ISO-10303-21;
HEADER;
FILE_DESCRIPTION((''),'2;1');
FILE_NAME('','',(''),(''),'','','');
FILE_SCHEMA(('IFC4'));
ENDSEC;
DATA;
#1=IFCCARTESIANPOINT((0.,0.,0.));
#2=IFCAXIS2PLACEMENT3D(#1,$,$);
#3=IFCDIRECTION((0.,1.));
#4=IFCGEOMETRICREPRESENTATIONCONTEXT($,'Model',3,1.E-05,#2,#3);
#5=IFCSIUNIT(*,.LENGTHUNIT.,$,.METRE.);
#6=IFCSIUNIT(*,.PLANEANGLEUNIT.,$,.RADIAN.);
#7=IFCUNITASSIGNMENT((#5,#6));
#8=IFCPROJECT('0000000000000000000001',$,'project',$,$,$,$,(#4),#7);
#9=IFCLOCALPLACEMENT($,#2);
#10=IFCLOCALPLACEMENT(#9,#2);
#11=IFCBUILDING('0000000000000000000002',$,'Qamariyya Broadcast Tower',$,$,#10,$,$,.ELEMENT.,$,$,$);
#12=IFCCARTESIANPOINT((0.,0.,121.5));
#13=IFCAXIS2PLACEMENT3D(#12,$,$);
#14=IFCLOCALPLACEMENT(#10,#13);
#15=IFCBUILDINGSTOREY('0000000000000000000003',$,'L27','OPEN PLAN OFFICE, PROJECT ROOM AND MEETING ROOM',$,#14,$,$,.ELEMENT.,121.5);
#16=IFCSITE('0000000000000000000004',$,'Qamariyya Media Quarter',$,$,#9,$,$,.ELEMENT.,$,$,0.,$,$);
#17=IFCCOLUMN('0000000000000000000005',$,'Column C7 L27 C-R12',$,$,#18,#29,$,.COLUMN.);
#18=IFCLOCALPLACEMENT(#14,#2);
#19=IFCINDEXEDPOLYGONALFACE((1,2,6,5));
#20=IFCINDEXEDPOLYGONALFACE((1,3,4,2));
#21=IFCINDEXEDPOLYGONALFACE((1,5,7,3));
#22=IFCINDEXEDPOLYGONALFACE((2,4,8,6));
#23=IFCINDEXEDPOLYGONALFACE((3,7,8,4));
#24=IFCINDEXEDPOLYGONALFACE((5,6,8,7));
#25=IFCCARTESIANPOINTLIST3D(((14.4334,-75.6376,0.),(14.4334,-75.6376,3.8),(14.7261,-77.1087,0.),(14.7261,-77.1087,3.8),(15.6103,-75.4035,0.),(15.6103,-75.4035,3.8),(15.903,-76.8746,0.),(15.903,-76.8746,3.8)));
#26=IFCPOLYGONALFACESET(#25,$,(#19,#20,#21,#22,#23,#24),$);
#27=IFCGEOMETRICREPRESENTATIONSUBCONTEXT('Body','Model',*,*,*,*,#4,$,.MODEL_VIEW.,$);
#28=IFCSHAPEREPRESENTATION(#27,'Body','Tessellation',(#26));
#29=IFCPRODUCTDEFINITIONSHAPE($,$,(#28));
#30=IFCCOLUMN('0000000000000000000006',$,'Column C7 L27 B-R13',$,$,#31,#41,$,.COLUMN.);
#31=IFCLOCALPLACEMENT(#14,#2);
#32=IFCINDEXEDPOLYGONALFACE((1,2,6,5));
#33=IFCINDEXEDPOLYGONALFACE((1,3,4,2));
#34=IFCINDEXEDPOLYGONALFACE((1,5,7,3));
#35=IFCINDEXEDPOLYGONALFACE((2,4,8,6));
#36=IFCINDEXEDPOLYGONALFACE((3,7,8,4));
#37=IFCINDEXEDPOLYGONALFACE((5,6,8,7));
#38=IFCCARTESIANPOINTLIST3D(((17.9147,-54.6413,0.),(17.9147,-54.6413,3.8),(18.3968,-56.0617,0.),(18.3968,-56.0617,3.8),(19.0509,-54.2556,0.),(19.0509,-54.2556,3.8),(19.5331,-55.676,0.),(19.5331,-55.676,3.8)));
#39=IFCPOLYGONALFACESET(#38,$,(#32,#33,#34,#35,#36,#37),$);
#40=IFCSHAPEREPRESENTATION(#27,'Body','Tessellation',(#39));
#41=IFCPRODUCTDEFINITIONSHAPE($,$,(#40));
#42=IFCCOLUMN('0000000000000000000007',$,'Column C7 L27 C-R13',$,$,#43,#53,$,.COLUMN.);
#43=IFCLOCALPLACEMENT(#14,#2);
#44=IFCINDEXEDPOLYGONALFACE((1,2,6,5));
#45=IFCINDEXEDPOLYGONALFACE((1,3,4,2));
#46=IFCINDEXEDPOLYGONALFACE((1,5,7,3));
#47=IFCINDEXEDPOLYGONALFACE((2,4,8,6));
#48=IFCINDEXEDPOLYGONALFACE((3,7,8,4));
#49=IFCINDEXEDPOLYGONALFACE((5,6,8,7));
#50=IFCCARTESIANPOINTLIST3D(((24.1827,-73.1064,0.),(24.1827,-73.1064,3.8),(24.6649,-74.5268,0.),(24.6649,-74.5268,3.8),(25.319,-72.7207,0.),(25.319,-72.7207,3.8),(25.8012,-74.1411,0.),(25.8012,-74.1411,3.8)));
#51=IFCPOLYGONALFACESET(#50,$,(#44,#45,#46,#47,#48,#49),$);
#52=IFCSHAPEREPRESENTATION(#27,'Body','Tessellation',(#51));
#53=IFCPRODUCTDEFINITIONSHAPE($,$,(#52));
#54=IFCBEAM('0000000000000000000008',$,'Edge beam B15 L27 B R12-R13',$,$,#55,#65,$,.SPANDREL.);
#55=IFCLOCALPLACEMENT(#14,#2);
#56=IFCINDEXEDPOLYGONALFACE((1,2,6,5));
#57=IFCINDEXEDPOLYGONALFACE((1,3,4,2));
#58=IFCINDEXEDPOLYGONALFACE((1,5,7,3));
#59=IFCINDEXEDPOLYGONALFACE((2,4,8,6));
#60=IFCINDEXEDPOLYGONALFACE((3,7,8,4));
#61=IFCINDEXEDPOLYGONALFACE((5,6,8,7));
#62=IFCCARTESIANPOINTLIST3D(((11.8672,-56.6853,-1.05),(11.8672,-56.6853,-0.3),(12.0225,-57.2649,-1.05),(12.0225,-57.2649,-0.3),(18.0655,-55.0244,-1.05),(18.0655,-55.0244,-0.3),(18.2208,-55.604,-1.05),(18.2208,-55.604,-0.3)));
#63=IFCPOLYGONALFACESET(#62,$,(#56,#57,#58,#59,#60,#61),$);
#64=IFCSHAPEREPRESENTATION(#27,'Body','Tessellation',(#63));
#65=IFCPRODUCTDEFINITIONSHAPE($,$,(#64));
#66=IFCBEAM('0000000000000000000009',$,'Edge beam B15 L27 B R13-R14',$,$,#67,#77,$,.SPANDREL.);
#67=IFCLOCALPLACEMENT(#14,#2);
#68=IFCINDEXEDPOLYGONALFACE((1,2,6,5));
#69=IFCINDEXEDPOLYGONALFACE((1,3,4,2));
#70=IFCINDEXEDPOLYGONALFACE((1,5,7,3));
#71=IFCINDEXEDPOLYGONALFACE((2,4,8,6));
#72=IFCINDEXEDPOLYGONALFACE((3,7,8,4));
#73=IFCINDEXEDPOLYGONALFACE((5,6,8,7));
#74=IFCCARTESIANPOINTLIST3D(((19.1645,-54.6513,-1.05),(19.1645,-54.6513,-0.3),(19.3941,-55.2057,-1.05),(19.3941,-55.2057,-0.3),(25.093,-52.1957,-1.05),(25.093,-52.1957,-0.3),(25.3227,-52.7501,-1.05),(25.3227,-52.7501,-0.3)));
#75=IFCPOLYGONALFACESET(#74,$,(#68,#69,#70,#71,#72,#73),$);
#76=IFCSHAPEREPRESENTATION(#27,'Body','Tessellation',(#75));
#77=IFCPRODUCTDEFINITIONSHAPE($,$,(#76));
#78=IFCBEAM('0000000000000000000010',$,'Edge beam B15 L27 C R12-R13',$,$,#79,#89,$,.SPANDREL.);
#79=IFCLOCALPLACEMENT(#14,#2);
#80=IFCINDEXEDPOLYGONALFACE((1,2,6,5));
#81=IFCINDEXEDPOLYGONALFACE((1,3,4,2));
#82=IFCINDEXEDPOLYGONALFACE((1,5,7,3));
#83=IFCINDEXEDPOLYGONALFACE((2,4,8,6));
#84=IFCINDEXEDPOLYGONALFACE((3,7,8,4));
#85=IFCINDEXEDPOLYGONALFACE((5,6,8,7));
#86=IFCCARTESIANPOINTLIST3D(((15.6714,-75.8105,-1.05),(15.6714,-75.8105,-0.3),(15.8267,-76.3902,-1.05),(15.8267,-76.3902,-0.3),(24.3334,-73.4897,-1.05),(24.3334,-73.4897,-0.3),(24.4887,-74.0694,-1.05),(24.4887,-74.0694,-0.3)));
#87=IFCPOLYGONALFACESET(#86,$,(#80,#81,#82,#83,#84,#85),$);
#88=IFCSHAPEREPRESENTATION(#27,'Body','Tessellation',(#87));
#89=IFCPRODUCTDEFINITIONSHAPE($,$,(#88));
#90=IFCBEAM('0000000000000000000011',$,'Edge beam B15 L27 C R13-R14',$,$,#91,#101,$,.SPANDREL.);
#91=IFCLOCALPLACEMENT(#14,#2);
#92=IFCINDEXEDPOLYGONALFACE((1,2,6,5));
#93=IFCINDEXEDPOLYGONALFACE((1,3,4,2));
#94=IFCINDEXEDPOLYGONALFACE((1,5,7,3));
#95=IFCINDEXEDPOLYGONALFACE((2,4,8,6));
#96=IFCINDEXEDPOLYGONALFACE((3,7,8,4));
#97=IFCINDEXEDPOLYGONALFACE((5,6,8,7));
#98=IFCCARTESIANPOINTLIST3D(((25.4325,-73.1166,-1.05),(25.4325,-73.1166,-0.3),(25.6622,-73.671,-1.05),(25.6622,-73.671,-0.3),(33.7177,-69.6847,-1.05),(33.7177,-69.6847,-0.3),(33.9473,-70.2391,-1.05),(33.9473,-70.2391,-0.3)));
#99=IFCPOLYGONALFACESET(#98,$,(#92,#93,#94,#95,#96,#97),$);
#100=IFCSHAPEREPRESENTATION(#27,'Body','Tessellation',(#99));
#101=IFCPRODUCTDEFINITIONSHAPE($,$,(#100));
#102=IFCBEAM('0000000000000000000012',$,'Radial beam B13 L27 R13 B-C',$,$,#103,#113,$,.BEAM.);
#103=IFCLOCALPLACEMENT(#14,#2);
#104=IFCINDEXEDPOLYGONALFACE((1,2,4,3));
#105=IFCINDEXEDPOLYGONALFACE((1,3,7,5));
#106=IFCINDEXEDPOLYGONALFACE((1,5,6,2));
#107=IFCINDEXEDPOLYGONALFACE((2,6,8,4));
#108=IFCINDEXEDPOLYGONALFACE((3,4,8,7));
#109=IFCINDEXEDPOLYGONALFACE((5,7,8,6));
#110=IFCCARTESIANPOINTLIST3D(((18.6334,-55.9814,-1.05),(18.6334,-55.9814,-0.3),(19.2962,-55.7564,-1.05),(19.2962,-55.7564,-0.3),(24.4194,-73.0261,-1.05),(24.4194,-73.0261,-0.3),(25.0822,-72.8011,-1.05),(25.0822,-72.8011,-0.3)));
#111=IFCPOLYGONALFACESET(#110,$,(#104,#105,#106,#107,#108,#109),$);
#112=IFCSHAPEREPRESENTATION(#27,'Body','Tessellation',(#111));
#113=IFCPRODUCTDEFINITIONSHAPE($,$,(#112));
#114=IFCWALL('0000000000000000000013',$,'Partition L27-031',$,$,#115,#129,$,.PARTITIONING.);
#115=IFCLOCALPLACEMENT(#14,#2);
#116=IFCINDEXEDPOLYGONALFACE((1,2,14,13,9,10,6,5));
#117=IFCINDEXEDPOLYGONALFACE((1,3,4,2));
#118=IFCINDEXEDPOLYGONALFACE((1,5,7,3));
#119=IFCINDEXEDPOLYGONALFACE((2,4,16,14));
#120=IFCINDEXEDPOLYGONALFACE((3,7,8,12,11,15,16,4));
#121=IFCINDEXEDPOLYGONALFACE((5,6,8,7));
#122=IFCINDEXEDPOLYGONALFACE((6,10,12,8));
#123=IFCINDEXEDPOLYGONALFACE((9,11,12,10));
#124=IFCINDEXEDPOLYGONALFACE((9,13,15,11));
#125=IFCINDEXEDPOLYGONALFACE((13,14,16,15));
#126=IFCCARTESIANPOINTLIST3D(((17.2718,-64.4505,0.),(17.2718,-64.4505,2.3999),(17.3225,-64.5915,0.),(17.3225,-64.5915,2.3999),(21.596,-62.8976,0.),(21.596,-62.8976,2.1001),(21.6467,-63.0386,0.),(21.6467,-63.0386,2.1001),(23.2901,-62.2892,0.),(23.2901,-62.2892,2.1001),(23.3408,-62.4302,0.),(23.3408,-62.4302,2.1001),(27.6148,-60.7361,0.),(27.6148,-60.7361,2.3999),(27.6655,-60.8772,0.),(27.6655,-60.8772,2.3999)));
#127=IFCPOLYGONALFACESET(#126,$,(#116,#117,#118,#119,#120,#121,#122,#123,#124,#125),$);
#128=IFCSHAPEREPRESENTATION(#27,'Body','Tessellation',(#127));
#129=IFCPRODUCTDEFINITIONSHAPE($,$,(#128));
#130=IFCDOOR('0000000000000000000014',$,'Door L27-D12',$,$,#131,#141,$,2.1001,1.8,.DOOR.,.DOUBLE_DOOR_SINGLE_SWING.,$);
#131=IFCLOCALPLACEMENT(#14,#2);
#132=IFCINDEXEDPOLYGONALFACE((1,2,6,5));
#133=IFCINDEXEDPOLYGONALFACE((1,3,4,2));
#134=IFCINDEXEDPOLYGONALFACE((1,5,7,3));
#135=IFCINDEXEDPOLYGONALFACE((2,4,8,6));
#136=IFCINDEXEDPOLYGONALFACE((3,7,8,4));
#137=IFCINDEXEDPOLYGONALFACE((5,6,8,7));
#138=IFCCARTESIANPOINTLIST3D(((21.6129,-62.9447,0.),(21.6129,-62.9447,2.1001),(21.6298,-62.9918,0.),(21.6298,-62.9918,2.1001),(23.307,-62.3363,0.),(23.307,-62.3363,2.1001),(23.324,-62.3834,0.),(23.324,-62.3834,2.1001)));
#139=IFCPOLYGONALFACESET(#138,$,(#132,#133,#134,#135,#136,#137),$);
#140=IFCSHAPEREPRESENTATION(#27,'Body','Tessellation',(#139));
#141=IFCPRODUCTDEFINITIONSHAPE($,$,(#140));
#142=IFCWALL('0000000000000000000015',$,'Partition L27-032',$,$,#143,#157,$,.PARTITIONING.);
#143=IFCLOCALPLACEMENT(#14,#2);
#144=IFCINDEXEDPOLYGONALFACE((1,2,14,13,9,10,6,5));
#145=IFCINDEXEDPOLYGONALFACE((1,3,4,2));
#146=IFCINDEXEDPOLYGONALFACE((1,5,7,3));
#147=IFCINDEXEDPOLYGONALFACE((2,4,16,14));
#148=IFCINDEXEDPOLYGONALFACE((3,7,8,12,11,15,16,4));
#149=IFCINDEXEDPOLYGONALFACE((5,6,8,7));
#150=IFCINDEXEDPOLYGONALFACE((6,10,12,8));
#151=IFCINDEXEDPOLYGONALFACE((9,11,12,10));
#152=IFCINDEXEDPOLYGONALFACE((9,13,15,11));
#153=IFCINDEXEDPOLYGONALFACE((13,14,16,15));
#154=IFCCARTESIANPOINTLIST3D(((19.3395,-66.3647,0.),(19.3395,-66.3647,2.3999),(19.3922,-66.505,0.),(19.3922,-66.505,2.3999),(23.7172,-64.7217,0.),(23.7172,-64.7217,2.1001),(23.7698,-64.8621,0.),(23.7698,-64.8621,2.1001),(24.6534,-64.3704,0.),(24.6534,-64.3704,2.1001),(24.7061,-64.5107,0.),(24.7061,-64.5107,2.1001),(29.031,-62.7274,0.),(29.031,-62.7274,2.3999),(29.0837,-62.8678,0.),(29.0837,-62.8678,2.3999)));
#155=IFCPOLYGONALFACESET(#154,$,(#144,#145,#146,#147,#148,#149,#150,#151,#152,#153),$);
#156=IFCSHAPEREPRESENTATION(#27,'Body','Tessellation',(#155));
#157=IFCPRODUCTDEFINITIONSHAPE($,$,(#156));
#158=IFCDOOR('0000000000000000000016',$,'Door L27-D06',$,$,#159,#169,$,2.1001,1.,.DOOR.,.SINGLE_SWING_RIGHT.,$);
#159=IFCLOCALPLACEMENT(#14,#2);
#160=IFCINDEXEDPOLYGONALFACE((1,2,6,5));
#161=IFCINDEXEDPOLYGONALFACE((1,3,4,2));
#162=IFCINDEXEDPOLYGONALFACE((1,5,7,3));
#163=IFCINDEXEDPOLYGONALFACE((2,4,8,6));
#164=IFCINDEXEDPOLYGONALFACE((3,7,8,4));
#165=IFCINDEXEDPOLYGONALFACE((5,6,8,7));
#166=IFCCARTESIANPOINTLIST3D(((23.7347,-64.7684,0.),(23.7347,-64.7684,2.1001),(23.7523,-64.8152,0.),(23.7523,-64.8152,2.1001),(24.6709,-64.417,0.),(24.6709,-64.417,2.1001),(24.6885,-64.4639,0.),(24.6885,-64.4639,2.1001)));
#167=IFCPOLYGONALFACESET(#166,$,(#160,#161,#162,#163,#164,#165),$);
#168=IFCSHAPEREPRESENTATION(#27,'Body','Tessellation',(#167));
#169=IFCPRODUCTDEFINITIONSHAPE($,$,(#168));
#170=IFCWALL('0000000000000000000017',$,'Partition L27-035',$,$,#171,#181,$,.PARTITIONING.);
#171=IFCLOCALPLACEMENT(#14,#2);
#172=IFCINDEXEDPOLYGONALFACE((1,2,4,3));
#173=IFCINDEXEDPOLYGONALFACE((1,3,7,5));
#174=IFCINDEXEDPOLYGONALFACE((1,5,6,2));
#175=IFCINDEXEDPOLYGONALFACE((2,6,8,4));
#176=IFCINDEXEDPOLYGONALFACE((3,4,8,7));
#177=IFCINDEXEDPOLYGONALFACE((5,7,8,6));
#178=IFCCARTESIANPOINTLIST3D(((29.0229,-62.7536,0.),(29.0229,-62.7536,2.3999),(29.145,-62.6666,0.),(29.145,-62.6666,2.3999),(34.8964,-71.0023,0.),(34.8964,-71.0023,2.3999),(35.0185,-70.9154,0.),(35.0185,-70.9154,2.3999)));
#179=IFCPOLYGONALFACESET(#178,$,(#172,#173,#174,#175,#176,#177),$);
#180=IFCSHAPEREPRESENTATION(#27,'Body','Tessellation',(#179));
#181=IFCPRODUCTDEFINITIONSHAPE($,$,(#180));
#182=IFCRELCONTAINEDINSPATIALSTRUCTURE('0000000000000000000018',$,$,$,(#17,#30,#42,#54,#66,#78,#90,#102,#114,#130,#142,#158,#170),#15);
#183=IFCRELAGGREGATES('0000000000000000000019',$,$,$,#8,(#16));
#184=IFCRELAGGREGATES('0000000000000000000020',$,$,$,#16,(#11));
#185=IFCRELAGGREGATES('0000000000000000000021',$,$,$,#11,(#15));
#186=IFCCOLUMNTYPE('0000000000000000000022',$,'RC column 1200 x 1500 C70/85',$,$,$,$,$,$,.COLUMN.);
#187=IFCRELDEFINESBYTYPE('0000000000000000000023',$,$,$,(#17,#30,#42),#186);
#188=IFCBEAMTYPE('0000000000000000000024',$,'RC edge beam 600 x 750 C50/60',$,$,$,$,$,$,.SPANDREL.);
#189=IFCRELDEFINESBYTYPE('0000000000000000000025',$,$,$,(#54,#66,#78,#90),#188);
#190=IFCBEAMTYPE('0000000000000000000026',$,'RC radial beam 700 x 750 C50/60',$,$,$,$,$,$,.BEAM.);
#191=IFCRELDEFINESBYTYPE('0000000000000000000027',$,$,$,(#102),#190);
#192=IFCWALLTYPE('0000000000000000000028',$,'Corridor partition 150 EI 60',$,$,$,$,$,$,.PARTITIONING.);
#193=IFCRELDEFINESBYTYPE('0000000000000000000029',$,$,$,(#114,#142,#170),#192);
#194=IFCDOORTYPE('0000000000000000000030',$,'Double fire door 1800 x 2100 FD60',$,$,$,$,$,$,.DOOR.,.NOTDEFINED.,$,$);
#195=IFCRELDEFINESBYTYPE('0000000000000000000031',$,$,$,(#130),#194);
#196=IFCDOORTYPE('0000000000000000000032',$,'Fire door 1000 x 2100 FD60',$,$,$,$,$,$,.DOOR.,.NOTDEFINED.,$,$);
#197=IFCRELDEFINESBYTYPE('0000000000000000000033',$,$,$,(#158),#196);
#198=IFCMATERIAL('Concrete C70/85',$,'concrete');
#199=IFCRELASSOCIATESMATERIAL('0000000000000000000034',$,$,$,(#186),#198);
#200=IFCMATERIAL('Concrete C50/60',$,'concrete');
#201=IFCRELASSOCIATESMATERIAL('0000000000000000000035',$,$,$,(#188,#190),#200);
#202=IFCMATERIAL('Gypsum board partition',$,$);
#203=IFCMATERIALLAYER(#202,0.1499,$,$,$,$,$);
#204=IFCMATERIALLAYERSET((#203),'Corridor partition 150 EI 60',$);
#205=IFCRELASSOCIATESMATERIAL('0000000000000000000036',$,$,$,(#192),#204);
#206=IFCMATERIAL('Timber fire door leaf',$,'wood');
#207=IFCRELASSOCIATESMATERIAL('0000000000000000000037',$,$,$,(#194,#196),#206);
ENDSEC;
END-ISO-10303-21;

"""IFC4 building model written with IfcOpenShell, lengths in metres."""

from ifc_helpers import new_model, si_unit, direction, frame, frame_2d, origin, origin_2d, place, context, subcontext, project, spatial, rectangle, extrude, material, layer, layer_set, material_profile, profile_set, type_object, element, fill, save


model = new_model("IFC4")

# Units and contexts
model_context = context("Model", 3, precision=1e-05, world=origin(), true_north=direction((0.0, 1.0)))
body_context = subcontext(model_context, "Body", "Model", "MODEL_VIEW")
ifc_project = project(units=[si_unit("LENGTHUNIT", "METRE"), si_unit("PLANEANGLEUNIT", "RADIAN")], contexts=[model_context])

# Site, building, storey
site_placement = place(None, origin())
site = spatial("IfcSite", under=ifc_project, at=site_placement, Name="Qamariyya Media Quarter", CompositionType="ELEMENT", RefElevation=0.0)
building_placement = place(site_placement, origin())
building = spatial("IfcBuilding", under=site, at=building_placement, Name="Qamariyya Broadcast Tower", CompositionType="ELEMENT")
storey_placement = place(building_placement, frame((0.0, 0.0, 121.5)))
storey = spatial("IfcBuildingStorey", under=building, at=storey_placement, Name="L27", Description="OPEN PLAN OFFICE, PROJECT ROOM AND MEETING ROOM", CompositionType="ELEMENT", Elevation=121.5)

# Columns
ifc_material_1 = material(Name="Concrete C70/85", Category="concrete")
ifc_material_profile_1 = material_profile(ifc_material_1, rectangle(XDim=1.2, YDim=1.5, at=origin_2d()))
ifc_profile_set_1 = profile_set([ifc_material_profile_1], Name="Concrete C70/85")
column_type = type_object("IfcColumnType", Name="RC column 1200 x 1500 C70/85", PredefinedType="COLUMN", material=ifc_profile_set_1)
for number, where, z_axis, x_axis, name in (
    (1, (15.1682, -76.2561, 0.0), (0.0, 0.0, 1.0), (0.980785, 0.19509, 0.0), "Column C7 L27 C-R12"),
    (2, (18.7239, -55.1587, 0.0), (0.0, 0.0, 1.0), (0.94693, 0.321439, 0.0), "Column C7 L27 B-R13"),
    (3, (24.9919, -73.6238, 0.0), (0.0, 0.0, 1.0), (0.94693, 0.321439, 0.0), "Column C7 L27 C-R13"),
):
    element("IfcColumn", number, at=place(storey_placement, frame(where, z_axis=z_axis, x_axis=x_axis)), inside=storey, type_object=column_type, Name=name, PredefinedType="COLUMN", context=body_context, shape_type="SweptSolid", body=[
        extrude(rectangle(XDim=1.2, YDim=1.5, at=origin_2d()), origin(), (0.0, 0.0, 1.0), 3.8),
    ])

# Beams
ifc_material_2 = material(Name="Concrete C50/60", Category="concrete")
ifc_material_profile_2 = material_profile(ifc_material_2, rectangle(XDim=0.6001, YDim=0.75, at=origin_2d()))
ifc_profile_set_2 = profile_set([ifc_material_profile_2], Name="Concrete C50/60")
beam_type_1 = type_object("IfcBeamType", Name="RC edge beam 600 x 750 C50/60", PredefinedType="SPANDREL", material=ifc_profile_set_2)
for number, where, z_axis, x_axis, name in (
    (4, (11.9448, -56.9751, -0.675), (0.965923, 0.25883, 0.0), (-0.25883, 0.965923, 0.0), "Edge beam B15 L27 B R12-R13"),
    (5, (19.2793, -54.9285, -0.675), (0.923884, 0.382672, 0.0), (-0.382672, 0.923884, 0.0), "Edge beam B15 L27 B R13-R14"),
):
    element("IfcBeam", number, at=place(storey_placement, frame(where, z_axis=z_axis, x_axis=x_axis)), inside=storey, type_object=beam_type_1, Name=name, PredefinedType="SPANDREL", context=body_context, shape_type="SweptSolid", body=[
        extrude(rectangle(XDim=0.6001, YDim=0.75, at=origin_2d()), origin(), (0.0, 0.0, 1.0), 6.417),
    ])
beam_1_placement = place(storey_placement, frame((15.749, -76.1003, -0.675), z_axis=(0.965932, 0.258798, 0.0), x_axis=(-0.258798, 0.965932, 0.0)))
element("IfcBeam", 6, at=beam_1_placement, inside=storey, type_object=beam_type_1, Name="Edge beam B15 L27 C R12-R13", PredefinedType="SPANDREL", context=body_context, shape_type="SweptSolid", body=[
    extrude(rectangle(XDim=0.6001, YDim=0.75, at=origin_2d()), origin(), (0.0, 0.0, 1.0), 8.9675),
])
beam_2_placement = place(storey_placement, frame((25.5474, -73.3938, -0.675), z_axis=(0.923877, 0.382689, 0.0), x_axis=(-0.382689, 0.923877, 0.0)))
element("IfcBeam", 7, at=beam_2_placement, inside=storey, type_object=beam_type_1, Name="Edge beam B15 L27 C R13-R14", PredefinedType="SPANDREL", context=body_context, shape_type="SweptSolid", body=[
    extrude(rectangle(XDim=0.6001, YDim=0.75, at=origin_2d()), origin(), (0.0, 0.0, 1.0), 8.9678),
])
ifc_material_profile_3 = material_profile(ifc_material_2, rectangle(XDim=0.7, YDim=0.75, at=origin_2d()))
ifc_profile_set_3 = profile_set([ifc_material_profile_3], Name="Concrete C50/60")
beam_type_2 = type_object("IfcBeamType", Name="RC radial beam 700 x 750 C50/60", PredefinedType="BEAM", material=ifc_profile_set_3)
beam_3_placement = place(storey_placement, frame((18.9648, -55.8689, -0.675), z_axis=(0.321439, -0.94693, 0.0), x_axis=(0.94693, 0.321439, 0.0)))
element("IfcBeam", 8, at=beam_3_placement, inside=storey, type_object=beam_type_2, Name="Radial beam B13 L27 R13 B-C", PredefinedType="BEAM", context=body_context, shape_type="SweptSolid", body=[
    extrude(rectangle(XDim=0.7, YDim=0.75, at=origin_2d()), origin(), (0.0, 0.0, 1.0), 18.0),
])

# Walls, openings, doors
ifc_material_3 = material(Name="Gypsum board partition")
ifc_layer_1 = layer(ifc_material_3, 0.1499)
ifc_layer_set_1 = layer_set([ifc_layer_1], Name="Corridor partition 150 EI 60")
wall_type_1 = type_object("IfcWallType", Name="Corridor partition 150 EI 60", PredefinedType="PARTITIONING", material=ifc_layer_set_1)
wall_1_placement = place(storey_placement, frame((17.2971, -64.521, 0.0), z_axis=(0.0, 0.0, 1.0), x_axis=(0.941152, 0.337984, 0.0)))
wall_1 = element("IfcWall", 9, at=wall_1_placement, inside=storey, type_object=wall_type_1, Name="Partition L27-031", PredefinedType="PARTITIONING", context=body_context, shape_type="SweptSolid", body=[
    extrude(rectangle(XDim=10.9897, YDim=0.1499, at=frame_2d((5.4949, 0.0))), origin(), (0.0, 0.0, 1.0), 2.3999),
])
opening_1_placement = place(wall_1_placement, frame((4.5947, 0.0, 0.0)))
opening_1 = element("IfcOpeningElement", 10, at=opening_1_placement, cuts=wall_1, PredefinedType="OPENING", context=body_context, shape_type="SweptSolid", body=[
    extrude(rectangle(XDim=1.8, YDim=2.1001, at=frame_2d((0.8999, 1.05))), frame((0.0, 0.085, 0.0), z_axis=(0.0, -1.0, 0.0), x_axis=(1.0, 0.0, 0.0)), (0.0, 0.0, 1.0), 0.1699),
])
ifc_material_4 = material(Name="Timber fire door leaf", Category="wood")
door_type_1 = type_object("IfcDoorType", Name="Double fire door 1800 x 2100 FD60", OperationType="NOTDEFINED", PredefinedType="DOOR", material=ifc_material_4)
door_1_placement = place(opening_1_placement, origin())
door_1 = element("IfcDoor", 11, at=door_1_placement, inside=storey, type_object=door_type_1, Name="Door L27-D12", OperationType="DOUBLE_DOOR_SINGLE_SWING", OverallHeight=2.1001, OverallWidth=1.8, PredefinedType="DOOR", context=body_context, shape_type="SweptSolid", body=[
    extrude(rectangle(XDim=1.8, YDim=2.1001, at=frame_2d((0.8999, 1.05))), frame((0.0, 0.0249, 0.0), z_axis=(0.0, -1.0, 0.0), x_axis=(1.0, 0.0, 0.0)), (0.0, 0.0, 1.0), 0.05),
])
fill(opening_1, door_1)
wall_2_placement = place(storey_placement, frame((29.0574, -62.7976, 0.0), z_axis=(0.0, 0.0, 1.0), x_axis=(-0.936236, -0.351372, 0.0)))
wall_2 = element("IfcWall", 12, at=wall_2_placement, inside=storey, type_object=wall_type_1, Name="Partition L27-032", PredefinedType="PARTITIONING", context=body_context, shape_type="SweptSolid", body=[
    extrude(rectangle(XDim=10.3516, YDim=0.1499, at=frame_2d((5.1758, 0.0))), origin(), (0.0, 0.0, 1.0), 2.3999),
])
opening_2_placement = place(wall_2_placement, frame((4.6758, 0.0, 0.0)))
opening_2 = element("IfcOpeningElement", 13, at=opening_2_placement, cuts=wall_2, PredefinedType="OPENING", context=body_context, shape_type="SweptSolid", body=[
    extrude(rectangle(XDim=1.0, YDim=2.1001, at=frame_2d((0.5, 1.05))), frame((0.0, 0.085, 0.0), z_axis=(0.0, -1.0, 0.0), x_axis=(1.0, 0.0, 0.0)), (0.0, 0.0, 1.0), 0.1699),
])
door_type_2 = type_object("IfcDoorType", Name="Fire door 1000 x 2100 FD60", OperationType="NOTDEFINED", PredefinedType="DOOR", material=ifc_material_4)
door_2_placement = place(opening_2_placement, origin())
door_2 = element("IfcDoor", 14, at=door_2_placement, inside=storey, type_object=door_type_2, Name="Door L27-D06", OperationType="SINGLE_SWING_RIGHT", OverallHeight=2.1001, OverallWidth=1.0, PredefinedType="DOOR", context=body_context, shape_type="SweptSolid", body=[
    extrude(rectangle(XDim=1.0, YDim=2.1001, at=frame_2d((0.5, 1.05))), frame((0.0, 0.0249, 0.0), z_axis=(0.0, -1.0, 0.0), x_axis=(1.0, 0.0, 0.0)), (0.0, 0.0, 1.0), 0.05),
])
fill(opening_2, door_2)

# Wall
wall_3_placement = place(storey_placement, frame((29.084, -62.7102, 0.0), z_axis=(0.0, 0.0, 1.0), x_axis=(0.580031, -0.814594, 0.0)))
element("IfcWall", 15, at=wall_3_placement, inside=storey, type_object=wall_type_1, Name="Partition L27-035", PredefinedType="PARTITIONING", context=body_context, shape_type="SweptSolid", body=[
    extrude(rectangle(XDim=10.1262, YDim=0.1499, at=frame_2d((5.063, 0.0))), origin(), (0.0, 0.0, 1.0), 2.3999),
])

save(model, "model.ifc")
